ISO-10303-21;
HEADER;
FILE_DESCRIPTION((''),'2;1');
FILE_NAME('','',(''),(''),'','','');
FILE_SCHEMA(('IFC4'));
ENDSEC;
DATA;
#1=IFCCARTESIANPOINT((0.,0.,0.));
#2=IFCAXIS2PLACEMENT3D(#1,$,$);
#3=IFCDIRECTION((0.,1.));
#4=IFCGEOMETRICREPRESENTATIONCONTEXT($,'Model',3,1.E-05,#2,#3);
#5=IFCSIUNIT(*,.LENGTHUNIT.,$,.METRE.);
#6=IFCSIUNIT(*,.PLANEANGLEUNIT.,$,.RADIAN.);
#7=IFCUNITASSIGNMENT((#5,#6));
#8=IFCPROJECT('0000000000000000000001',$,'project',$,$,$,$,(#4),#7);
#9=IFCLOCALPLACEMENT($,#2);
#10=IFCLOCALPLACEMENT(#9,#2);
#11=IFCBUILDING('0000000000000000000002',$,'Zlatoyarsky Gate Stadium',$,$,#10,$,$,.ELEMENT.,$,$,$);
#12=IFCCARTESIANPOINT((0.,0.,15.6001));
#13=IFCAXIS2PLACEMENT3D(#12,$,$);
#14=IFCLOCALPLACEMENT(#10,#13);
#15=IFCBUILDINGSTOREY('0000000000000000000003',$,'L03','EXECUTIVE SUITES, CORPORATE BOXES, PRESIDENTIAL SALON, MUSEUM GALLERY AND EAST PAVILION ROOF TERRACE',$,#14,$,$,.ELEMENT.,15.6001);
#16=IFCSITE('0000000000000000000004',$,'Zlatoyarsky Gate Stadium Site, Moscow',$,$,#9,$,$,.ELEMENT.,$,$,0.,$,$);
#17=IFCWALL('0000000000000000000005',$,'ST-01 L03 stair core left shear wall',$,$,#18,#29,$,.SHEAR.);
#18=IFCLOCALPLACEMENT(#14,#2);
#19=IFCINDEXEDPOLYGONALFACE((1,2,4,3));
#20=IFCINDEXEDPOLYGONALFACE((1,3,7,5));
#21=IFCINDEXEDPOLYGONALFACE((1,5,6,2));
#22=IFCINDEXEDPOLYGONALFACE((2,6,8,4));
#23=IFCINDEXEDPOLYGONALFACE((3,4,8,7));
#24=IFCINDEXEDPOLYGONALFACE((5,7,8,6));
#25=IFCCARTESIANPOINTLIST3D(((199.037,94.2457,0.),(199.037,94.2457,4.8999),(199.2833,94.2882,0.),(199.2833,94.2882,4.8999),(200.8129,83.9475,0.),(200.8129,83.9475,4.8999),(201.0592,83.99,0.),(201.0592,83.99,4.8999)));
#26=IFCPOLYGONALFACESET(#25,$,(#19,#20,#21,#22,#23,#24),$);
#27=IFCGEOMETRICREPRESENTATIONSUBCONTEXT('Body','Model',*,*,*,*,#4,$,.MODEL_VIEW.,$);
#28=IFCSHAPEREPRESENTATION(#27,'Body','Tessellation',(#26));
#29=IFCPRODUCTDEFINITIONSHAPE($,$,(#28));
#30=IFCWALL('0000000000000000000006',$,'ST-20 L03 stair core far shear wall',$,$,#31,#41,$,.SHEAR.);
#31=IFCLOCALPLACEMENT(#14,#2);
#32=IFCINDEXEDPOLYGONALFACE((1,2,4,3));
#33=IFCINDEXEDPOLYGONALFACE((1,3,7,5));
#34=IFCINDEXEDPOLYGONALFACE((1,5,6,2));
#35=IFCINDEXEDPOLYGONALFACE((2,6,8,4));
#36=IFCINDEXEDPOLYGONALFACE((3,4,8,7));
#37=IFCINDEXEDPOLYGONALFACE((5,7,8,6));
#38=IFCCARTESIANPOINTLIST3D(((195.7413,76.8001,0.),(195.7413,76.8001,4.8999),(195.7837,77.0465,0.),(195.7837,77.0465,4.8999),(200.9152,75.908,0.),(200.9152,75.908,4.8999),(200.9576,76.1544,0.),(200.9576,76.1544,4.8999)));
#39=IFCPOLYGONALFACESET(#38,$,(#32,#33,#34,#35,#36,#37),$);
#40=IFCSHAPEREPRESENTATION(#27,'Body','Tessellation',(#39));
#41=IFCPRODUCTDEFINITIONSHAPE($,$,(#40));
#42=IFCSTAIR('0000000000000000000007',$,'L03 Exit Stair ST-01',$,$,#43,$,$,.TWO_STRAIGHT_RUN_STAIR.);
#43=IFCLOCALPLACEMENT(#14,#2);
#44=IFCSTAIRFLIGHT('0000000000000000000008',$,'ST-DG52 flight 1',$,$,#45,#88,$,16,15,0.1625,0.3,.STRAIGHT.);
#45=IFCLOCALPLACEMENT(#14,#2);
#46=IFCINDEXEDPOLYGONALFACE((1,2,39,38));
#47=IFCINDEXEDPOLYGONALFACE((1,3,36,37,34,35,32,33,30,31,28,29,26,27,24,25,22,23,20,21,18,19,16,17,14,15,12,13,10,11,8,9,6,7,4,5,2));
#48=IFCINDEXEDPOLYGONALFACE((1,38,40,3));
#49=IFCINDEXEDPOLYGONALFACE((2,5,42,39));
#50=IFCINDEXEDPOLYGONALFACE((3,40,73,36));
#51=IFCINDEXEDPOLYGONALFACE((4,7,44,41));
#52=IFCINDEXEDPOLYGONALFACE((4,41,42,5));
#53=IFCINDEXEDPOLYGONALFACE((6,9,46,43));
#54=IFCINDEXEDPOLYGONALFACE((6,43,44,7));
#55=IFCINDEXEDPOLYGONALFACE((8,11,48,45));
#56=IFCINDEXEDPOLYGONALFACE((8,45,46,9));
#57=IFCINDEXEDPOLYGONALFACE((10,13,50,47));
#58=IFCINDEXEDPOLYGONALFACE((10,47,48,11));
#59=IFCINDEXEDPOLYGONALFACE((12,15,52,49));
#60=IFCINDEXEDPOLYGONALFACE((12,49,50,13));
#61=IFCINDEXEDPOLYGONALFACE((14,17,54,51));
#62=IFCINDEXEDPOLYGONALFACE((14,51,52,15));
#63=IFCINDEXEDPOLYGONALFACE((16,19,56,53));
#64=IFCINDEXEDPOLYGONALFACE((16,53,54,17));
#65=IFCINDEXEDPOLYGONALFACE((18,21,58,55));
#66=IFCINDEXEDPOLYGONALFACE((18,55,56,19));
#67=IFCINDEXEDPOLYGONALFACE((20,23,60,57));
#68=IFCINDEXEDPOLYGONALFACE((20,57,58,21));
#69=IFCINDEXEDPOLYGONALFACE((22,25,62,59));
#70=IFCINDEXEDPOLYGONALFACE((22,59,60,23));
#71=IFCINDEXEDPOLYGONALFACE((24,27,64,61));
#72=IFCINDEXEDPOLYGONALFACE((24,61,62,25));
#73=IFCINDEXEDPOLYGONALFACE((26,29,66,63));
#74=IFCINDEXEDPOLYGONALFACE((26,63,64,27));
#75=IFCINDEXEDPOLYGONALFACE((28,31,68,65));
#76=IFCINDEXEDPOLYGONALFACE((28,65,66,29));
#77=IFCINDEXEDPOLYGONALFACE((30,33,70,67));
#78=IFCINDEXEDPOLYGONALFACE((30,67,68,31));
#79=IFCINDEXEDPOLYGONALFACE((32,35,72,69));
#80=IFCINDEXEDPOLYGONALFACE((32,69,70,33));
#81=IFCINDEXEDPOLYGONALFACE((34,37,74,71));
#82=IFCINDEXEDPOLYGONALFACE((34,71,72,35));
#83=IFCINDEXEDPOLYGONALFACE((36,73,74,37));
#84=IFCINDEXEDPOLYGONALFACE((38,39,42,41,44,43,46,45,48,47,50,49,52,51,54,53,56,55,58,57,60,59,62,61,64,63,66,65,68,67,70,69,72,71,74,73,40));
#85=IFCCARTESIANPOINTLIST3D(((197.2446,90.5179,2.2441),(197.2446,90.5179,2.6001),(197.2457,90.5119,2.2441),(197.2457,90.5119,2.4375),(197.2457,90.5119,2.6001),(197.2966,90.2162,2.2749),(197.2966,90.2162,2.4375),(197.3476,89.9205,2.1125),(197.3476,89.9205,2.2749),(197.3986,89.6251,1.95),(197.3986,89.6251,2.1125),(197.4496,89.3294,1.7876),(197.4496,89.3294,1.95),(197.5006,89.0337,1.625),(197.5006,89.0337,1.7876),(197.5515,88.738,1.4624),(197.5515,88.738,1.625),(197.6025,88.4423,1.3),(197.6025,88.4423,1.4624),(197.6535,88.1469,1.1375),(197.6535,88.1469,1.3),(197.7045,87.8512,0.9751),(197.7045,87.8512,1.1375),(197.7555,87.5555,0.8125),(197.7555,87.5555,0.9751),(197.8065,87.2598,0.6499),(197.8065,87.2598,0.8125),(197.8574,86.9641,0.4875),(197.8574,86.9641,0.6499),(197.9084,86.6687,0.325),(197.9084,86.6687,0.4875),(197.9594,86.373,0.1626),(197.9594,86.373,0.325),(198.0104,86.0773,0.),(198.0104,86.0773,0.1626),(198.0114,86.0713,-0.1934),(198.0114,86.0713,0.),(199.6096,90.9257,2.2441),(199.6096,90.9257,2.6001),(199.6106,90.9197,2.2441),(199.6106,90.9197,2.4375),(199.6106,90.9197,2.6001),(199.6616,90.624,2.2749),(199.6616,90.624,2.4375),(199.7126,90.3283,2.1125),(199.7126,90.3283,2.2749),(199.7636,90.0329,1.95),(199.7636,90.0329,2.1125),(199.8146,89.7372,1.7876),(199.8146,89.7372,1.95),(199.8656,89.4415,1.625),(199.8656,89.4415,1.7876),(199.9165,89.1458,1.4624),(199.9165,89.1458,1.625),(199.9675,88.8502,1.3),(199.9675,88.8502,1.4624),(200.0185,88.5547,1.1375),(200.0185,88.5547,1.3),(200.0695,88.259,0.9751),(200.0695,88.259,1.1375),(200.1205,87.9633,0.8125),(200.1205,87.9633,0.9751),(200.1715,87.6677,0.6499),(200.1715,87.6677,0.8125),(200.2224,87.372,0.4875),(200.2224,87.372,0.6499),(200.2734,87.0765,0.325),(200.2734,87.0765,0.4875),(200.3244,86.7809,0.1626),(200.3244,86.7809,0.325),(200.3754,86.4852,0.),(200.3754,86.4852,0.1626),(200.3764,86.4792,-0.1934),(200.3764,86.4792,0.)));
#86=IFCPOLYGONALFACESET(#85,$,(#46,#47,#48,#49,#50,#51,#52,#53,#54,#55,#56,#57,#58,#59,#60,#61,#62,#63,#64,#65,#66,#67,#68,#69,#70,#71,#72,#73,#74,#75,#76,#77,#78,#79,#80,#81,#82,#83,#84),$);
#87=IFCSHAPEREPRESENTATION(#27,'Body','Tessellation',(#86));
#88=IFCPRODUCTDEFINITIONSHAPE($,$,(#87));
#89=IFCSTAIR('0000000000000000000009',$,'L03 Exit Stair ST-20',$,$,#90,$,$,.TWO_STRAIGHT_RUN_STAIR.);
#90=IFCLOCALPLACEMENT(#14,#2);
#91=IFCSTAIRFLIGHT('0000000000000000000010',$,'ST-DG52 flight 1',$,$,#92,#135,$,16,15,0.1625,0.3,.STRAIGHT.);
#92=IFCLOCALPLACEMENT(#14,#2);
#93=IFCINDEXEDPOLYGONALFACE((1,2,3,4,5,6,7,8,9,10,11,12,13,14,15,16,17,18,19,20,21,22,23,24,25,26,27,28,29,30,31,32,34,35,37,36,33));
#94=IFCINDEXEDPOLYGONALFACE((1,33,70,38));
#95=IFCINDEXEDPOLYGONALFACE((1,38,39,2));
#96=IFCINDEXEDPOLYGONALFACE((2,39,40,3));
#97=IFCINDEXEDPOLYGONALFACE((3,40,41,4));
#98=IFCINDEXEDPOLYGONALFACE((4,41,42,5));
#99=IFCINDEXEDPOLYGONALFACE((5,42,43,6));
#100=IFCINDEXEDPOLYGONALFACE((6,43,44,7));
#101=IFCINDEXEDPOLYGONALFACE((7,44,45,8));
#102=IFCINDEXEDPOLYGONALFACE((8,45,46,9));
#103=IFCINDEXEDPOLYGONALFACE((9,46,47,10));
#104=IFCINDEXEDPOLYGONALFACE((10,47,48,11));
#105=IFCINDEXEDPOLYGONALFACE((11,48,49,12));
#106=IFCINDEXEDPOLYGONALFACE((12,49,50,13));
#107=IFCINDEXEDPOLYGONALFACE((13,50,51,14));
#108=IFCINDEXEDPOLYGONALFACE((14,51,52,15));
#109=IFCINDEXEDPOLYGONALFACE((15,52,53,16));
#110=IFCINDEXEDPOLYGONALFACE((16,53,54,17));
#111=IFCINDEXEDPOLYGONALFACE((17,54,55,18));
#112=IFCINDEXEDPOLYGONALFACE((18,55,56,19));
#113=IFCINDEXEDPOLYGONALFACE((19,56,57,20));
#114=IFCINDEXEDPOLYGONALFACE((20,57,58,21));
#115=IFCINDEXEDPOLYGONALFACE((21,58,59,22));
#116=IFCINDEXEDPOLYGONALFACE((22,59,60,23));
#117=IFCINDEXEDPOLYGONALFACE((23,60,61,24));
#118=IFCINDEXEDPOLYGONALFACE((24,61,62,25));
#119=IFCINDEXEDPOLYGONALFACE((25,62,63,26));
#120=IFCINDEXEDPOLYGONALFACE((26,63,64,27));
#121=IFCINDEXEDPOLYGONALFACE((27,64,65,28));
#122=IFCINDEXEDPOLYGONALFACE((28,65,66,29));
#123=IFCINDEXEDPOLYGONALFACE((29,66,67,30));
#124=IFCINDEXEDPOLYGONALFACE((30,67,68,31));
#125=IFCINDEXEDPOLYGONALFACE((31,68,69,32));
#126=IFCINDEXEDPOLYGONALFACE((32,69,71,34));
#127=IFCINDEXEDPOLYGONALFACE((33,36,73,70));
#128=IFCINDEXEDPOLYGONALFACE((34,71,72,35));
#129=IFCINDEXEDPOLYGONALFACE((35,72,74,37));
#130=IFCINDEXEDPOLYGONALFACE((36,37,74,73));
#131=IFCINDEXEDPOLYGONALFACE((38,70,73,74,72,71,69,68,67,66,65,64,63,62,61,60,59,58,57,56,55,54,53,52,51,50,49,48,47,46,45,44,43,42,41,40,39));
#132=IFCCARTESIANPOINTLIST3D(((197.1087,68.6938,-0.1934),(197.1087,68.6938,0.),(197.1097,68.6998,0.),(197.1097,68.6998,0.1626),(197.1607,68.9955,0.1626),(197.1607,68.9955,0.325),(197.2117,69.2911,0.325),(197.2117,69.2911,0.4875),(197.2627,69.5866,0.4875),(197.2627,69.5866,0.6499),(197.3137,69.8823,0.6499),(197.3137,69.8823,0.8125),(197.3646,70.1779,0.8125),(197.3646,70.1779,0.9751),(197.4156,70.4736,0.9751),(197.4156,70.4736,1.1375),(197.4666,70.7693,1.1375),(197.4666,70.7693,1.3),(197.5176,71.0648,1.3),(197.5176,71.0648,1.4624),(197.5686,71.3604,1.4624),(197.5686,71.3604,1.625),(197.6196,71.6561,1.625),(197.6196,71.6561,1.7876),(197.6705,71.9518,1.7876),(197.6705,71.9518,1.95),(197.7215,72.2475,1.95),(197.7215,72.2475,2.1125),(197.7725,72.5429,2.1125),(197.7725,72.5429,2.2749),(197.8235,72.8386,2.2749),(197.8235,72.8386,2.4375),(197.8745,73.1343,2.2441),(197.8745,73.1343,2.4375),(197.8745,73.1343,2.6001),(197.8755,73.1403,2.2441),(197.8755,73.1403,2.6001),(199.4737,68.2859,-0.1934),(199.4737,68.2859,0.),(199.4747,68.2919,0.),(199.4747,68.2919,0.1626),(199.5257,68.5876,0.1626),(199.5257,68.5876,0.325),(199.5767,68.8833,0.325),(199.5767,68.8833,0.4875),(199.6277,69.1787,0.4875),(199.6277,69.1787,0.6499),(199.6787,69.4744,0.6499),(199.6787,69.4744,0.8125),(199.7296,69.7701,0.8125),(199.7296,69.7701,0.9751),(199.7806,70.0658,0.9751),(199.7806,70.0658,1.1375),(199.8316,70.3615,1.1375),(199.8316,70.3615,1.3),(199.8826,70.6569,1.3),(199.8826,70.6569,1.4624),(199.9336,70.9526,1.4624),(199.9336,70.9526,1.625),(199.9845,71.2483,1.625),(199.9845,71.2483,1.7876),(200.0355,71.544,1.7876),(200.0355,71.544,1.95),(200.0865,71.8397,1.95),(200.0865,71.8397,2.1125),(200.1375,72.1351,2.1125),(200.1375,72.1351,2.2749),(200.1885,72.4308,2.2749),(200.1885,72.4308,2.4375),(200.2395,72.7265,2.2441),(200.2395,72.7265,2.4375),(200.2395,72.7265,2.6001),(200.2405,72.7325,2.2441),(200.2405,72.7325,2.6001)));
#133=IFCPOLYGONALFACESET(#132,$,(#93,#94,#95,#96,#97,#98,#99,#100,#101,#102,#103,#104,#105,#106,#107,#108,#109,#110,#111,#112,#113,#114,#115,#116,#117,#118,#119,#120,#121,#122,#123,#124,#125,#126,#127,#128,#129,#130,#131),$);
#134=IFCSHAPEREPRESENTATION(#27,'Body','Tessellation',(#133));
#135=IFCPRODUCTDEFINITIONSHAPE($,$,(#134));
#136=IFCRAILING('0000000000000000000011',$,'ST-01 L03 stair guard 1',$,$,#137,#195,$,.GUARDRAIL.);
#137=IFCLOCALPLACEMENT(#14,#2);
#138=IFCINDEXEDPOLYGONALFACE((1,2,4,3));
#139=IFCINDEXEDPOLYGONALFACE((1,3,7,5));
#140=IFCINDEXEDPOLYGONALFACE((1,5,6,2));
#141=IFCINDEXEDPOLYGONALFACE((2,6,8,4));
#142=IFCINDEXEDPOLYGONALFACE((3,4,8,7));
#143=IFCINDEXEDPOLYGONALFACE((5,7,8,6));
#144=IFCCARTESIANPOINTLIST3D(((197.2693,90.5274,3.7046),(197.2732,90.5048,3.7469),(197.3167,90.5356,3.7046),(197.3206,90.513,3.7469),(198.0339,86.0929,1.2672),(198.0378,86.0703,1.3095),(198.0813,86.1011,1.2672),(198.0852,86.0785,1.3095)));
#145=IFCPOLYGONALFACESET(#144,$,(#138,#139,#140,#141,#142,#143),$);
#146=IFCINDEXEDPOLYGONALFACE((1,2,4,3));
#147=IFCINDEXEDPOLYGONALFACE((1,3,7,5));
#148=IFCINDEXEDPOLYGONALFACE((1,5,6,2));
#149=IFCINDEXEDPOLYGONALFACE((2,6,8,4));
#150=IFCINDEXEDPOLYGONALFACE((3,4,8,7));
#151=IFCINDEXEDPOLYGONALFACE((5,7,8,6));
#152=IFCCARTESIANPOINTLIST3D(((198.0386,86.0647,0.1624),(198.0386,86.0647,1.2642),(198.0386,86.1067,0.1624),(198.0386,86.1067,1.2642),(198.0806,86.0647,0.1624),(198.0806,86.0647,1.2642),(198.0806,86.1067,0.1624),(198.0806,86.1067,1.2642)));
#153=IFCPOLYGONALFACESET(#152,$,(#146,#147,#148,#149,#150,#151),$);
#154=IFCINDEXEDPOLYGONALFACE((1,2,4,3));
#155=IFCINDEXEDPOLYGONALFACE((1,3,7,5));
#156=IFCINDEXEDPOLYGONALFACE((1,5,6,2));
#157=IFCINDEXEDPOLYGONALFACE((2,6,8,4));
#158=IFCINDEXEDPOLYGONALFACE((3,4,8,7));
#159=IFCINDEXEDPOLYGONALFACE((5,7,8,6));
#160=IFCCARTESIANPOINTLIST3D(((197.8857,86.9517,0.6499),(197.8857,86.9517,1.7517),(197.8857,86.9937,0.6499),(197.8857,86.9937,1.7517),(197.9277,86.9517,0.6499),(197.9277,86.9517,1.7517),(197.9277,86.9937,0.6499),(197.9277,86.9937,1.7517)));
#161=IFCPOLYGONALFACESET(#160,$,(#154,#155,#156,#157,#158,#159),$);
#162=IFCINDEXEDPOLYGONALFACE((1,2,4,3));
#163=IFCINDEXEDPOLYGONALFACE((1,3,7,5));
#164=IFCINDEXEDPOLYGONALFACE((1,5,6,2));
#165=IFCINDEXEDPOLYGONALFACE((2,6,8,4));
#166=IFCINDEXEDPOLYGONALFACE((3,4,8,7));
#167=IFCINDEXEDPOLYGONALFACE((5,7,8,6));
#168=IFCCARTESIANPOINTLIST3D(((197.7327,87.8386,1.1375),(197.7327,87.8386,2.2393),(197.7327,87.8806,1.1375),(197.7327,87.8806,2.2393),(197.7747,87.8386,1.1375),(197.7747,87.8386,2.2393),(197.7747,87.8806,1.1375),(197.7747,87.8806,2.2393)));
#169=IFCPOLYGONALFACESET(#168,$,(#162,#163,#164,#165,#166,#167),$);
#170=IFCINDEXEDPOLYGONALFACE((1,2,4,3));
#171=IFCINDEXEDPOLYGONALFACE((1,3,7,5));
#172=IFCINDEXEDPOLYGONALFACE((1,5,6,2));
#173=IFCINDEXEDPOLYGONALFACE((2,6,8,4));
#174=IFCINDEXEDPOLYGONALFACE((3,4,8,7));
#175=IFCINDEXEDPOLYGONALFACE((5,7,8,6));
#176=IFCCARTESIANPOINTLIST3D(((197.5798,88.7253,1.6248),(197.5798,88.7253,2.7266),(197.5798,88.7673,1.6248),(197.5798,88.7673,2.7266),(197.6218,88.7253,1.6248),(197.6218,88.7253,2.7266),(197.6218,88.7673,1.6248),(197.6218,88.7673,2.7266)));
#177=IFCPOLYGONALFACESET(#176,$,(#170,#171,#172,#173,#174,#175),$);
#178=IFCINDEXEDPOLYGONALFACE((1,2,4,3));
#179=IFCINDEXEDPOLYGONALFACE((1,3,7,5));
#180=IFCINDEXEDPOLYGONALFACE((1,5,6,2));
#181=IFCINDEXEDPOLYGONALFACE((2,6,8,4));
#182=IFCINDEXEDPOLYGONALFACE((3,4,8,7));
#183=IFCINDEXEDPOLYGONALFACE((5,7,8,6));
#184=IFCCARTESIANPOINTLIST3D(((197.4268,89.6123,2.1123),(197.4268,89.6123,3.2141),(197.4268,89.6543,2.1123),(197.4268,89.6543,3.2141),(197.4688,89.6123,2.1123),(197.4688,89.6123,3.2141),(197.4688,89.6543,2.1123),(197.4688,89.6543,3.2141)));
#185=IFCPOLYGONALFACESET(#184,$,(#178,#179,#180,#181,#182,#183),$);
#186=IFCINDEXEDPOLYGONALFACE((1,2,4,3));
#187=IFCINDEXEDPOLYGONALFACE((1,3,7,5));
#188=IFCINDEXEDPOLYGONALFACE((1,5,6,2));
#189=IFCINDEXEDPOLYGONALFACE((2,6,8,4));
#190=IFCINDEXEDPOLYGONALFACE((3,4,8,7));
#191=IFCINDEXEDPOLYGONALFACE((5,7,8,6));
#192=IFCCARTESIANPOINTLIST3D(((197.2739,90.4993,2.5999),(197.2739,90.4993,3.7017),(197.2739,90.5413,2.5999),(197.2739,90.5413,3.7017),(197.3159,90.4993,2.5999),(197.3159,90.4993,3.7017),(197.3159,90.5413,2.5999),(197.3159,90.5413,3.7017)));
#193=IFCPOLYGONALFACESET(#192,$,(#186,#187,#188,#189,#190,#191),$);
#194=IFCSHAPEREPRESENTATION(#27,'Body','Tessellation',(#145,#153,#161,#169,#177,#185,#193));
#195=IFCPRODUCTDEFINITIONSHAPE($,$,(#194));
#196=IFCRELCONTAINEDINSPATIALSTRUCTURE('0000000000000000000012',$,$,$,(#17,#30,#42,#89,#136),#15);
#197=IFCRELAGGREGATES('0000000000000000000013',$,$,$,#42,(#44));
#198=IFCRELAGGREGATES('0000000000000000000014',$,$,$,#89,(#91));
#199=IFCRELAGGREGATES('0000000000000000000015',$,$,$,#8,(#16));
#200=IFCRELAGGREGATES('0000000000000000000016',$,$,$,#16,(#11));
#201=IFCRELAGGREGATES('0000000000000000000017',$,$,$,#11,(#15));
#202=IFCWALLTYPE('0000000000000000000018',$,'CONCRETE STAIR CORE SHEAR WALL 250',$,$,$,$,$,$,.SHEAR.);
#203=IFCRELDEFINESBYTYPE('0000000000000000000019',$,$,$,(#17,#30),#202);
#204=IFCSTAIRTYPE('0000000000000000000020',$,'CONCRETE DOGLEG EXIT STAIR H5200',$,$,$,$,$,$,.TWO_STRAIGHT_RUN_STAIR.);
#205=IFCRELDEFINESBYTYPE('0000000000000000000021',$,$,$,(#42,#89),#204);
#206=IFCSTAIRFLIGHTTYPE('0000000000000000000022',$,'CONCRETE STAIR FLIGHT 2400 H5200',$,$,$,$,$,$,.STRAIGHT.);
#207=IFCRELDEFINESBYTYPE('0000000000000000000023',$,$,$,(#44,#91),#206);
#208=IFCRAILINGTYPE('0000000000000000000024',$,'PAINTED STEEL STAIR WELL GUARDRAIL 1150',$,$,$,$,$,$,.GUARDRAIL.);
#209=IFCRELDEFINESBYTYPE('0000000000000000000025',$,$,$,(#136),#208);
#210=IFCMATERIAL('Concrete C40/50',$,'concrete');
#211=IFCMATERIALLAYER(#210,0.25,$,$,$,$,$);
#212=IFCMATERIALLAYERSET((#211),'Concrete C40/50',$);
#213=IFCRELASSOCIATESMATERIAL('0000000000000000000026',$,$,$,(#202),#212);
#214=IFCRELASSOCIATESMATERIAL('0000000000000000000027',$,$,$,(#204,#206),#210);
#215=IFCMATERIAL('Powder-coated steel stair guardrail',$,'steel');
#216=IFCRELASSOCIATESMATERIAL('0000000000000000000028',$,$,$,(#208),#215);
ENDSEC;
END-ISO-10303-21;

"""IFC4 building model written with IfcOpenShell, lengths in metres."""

from ifc_helpers import new_model, si_unit, direction, frame, frame_2d, origin, origin_2d, place, context, subcontext, project, spatial, polyline, rectangle, outline, extrude, material, layer, layer_set, type_object, element, aggregate, save


model = new_model("IFC4")

# Units and contexts
model_context = context("Model", 3, precision=1e-05, world=origin(), true_north=direction((0.0, 1.0)))
body_context = subcontext(model_context, "Body", "Model", "MODEL_VIEW")
ifc_project = project(units=[si_unit("LENGTHUNIT", "METRE"), si_unit("PLANEANGLEUNIT", "RADIAN")], contexts=[model_context])

# Site, building, storey
site_placement = place(None, origin())
site = spatial("IfcSite", under=ifc_project, at=site_placement, Name="Zlatoyarsky Gate Stadium Site, Moscow", CompositionType="ELEMENT", RefElevation=0.0)
building_placement = place(site_placement, origin())
building = spatial("IfcBuilding", under=site, at=building_placement, Name="Zlatoyarsky Gate Stadium", CompositionType="ELEMENT")
storey_placement = place(building_placement, frame((0.0, 0.0, 15.6001)))
storey = spatial("IfcBuildingStorey", under=building, at=storey_placement, Name="L03", Description="EXECUTIVE SUITES, CORPORATE BOXES, PRESIDENTIAL SALON, MUSEUM GALLERY AND EAST PAVILION ROOF TERRACE", CompositionType="ELEMENT", Elevation=15.6001)

# Walls
ifc_material_1 = material(Name="Concrete C40/50", Category="concrete")
ifc_layer_1 = layer(ifc_material_1, 0.25)
ifc_layer_set_1 = layer_set([ifc_layer_1], Name="Concrete C40/50")
wall_type_1 = type_object("IfcWallType", Name="CONCRETE STAIR CORE SHEAR WALL 250", PredefinedType="SHEAR", material=ifc_layer_set_1)
wall_1_placement = place(storey_placement, frame((200.936, 83.9688, 0.0), z_axis=(0.0, 0.0, 1.0), x_axis=(-0.169939, 0.985455, 0.0)))
element("IfcWall", 1, at=wall_1_placement, inside=storey, type_object=wall_type_1, Name="ST-01 L03 stair core left shear wall", PredefinedType="SHEAR", context=body_context, shape_type="SweptSolid", body=[
    extrude(rectangle(XDim=10.4502, YDim=0.25, at=frame_2d((5.2251, 0.0))), origin(), (0.0, 0.0, 1.0), 4.8999),
])
wall_2_placement = place(storey_placement, frame((200.9363, 76.0312, 0.0), z_axis=(0.0, 0.0, 1.0), x_axis=(-0.985459, 0.169916, 0.0)))
element("IfcWall", 2, at=wall_2_placement, inside=storey, type_object=wall_type_1, Name="ST-20 L03 stair core far shear wall", PredefinedType="SHEAR", context=body_context, shape_type="SweptSolid", body=[
    extrude(rectangle(XDim=5.2502, YDim=0.25, at=frame_2d((2.625, 0.0))), origin(), (0.0, 0.0, 1.0), 4.8999),
])

# Stairs, stair flights
stair_type = type_object("IfcStairType", Name="CONCRETE DOGLEG EXIT STAIR H5200", PredefinedType="TWO_STRAIGHT_RUN_STAIR", material=ifc_material_1)
stair_1_placement = place(storey_placement, origin())
stair_1 = element("IfcStair", 3, at=stair_1_placement, inside=storey, type_object=stair_type, Name="L03 Exit Stair ST-01", PredefinedType="TWO_STRAIGHT_RUN_STAIR")
stair_flight_type = type_object("IfcStairFlightType", Name="CONCRETE STAIR FLIGHT 2400 H5200", PredefinedType="STRAIGHT", material=ifc_material_1)
stair_flight_1_placement = place(storey_placement, frame((199.1929, 86.2812, 0.0), z_axis=(0.0, 0.0, 1.0), x_axis=(-0.169938, 0.985455, 0.0)))
stair_flight_1 = element("IfcStairFlight", 4, at=stair_flight_1_placement, type_object=stair_flight_type, Name="ST-DG52 flight 1", NumberOfRisers=16, NumberOfTreads=15, PredefinedType="STRAIGHT", RiserHeight=0.1625, TreadLength=0.3, context=body_context, shape_type="SweptSolid", body=[
    extrude(outline(polyline([(-0.0061, -0.1934), (-0.0061, 0.0), (0.0, 0.0), (0.0, 0.1626), (0.3, 0.1626), (0.3, 0.325), (0.6001, 0.325), (0.6001, 0.4875), (0.8999, 0.4875), (0.8999, 0.6499), (1.2, 0.6499), (1.2, 0.8125), (1.5, 0.8125), (1.5, 0.9751), (1.8, 0.9751), (1.8, 1.1375), (2.1001, 1.1375), (2.1001, 1.3), (2.3999, 1.3), (2.3999, 1.4624), (2.7, 1.4624), (2.7, 1.625), (3.0, 1.625), (3.0, 1.7876), (3.3, 1.7876), (3.3, 1.95), (3.6001, 1.95), (3.6001, 2.1125), (3.8999, 2.1125), (3.8999, 2.2749), (4.2, 2.2749), (4.2, 2.4375), (4.5, 2.4375), (4.5, 2.6001), (4.5061, 2.6001), (4.5061, 2.2441), (4.5, 2.2441), (-0.0061, -0.1934)])), frame((0.0, 1.2, 0.0), z_axis=(0.0, -1.0, 0.0), x_axis=(1.0, 0.0, 0.0)), (0.0, 0.0, 1.0), 2.3999),
])
aggregate(stair_1, [stair_flight_1])
stair_2_placement = place(storey_placement, origin())
stair_2 = element("IfcStair", 5, at=stair_2_placement, inside=storey, type_object=stair_type, Name="L03 Exit Stair ST-20", PredefinedType="TWO_STRAIGHT_RUN_STAIR")
stair_flight_2_placement = place(storey_placement, frame((198.2922, 68.4958, 0.0), z_axis=(0.0, 0.0, 1.0), x_axis=(0.169938, 0.985455, 0.0)))
stair_flight_2 = element("IfcStairFlight", 6, at=stair_flight_2_placement, type_object=stair_flight_type, Name="ST-DG52 flight 1", NumberOfRisers=16, NumberOfTreads=15, PredefinedType="STRAIGHT", RiserHeight=0.1625, TreadLength=0.3, context=body_context, shape_type="SweptSolid", body=[
    extrude(outline(polyline([(-0.0061, -0.1934), (-0.0061, 0.0), (0.0, 0.0), (0.0, 0.1626), (0.3, 0.1626), (0.3, 0.325), (0.6001, 0.325), (0.6001, 0.4875), (0.8999, 0.4875), (0.8999, 0.6499), (1.2, 0.6499), (1.2, 0.8125), (1.5, 0.8125), (1.5, 0.9751), (1.8, 0.9751), (1.8, 1.1375), (2.1001, 1.1375), (2.1001, 1.3), (2.3999, 1.3), (2.3999, 1.4624), (2.7, 1.4624), (2.7, 1.625), (3.0, 1.625), (3.0, 1.7876), (3.3, 1.7876), (3.3, 1.95), (3.6001, 1.95), (3.6001, 2.1125), (3.8999, 2.1125), (3.8999, 2.2749), (4.2, 2.2749), (4.2, 2.4375), (4.5, 2.4375), (4.5, 2.6001), (4.5061, 2.6001), (4.5061, 2.2441), (4.5, 2.2441), (-0.0061, -0.1934)])), frame((0.0, 1.2, 0.0), z_axis=(0.0, -1.0, 0.0), x_axis=(1.0, 0.0, 0.0)), (0.0, 0.0, 1.0), 2.3999),
])
aggregate(stair_2, [stair_flight_2])

# Railing
ifc_material_2 = material(Name="Powder-coated steel stair guardrail", Category="steel")
railing_type_1 = type_object("IfcRailingType", Name="PAINTED STEEL STAIR WELL GUARDRAIL 1150", PredefinedType="GUARDRAIL", material=ifc_material_2)
railing_1_placement = place(storey_placement, frame((198.0596, 86.0857, 0.1624)))
element("IfcRailing", 7, at=railing_1_placement, inside=storey, type_object=railing_type_1, Name="ST-01 L03 stair guard 1", PredefinedType="GUARDRAIL", context=body_context, shape_type="SweptSolid", body=[
    extrude(rectangle(XDim=0.0481, YDim=0.0481, at=origin_2d()), frame((0.0, 0.0, 1.126), z_axis=(-0.149411, 0.866505, 0.476282), x_axis=(-0.985458, -0.169921, 0.0)), (0.0, 0.0, 1.0), 5.1177),
    extrude(rectangle(XDim=0.042, YDim=0.042, at=origin_2d()), origin(), (0.0, 0.0, 1.0), 1.1018),
    extrude(rectangle(XDim=0.042, YDim=0.042, at=origin_2d()), frame((-0.1528, 0.887, 0.4875)), (0.0, 0.0, 1.0), 1.1018),
    extrude(rectangle(XDim=0.042, YDim=0.042, at=origin_2d()), frame((-0.3059, 1.7739, 0.9751)), (0.0, 0.0, 1.0), 1.1018),
    extrude(rectangle(XDim=0.042, YDim=0.042, at=origin_2d()), frame((-0.4587, 2.6606, 1.4624)), (0.0, 0.0, 1.0), 1.1018),
    extrude(rectangle(XDim=0.042, YDim=0.042, at=origin_2d()), frame((-0.6118, 3.5476, 1.95)), (0.0, 0.0, 1.0), 1.1018),
    extrude(rectangle(XDim=0.042, YDim=0.042, at=origin_2d()), frame((-0.7646, 4.4346, 2.4375)), (0.0, 0.0, 1.0), 1.1018),
])

save(model, "model.ifc")
